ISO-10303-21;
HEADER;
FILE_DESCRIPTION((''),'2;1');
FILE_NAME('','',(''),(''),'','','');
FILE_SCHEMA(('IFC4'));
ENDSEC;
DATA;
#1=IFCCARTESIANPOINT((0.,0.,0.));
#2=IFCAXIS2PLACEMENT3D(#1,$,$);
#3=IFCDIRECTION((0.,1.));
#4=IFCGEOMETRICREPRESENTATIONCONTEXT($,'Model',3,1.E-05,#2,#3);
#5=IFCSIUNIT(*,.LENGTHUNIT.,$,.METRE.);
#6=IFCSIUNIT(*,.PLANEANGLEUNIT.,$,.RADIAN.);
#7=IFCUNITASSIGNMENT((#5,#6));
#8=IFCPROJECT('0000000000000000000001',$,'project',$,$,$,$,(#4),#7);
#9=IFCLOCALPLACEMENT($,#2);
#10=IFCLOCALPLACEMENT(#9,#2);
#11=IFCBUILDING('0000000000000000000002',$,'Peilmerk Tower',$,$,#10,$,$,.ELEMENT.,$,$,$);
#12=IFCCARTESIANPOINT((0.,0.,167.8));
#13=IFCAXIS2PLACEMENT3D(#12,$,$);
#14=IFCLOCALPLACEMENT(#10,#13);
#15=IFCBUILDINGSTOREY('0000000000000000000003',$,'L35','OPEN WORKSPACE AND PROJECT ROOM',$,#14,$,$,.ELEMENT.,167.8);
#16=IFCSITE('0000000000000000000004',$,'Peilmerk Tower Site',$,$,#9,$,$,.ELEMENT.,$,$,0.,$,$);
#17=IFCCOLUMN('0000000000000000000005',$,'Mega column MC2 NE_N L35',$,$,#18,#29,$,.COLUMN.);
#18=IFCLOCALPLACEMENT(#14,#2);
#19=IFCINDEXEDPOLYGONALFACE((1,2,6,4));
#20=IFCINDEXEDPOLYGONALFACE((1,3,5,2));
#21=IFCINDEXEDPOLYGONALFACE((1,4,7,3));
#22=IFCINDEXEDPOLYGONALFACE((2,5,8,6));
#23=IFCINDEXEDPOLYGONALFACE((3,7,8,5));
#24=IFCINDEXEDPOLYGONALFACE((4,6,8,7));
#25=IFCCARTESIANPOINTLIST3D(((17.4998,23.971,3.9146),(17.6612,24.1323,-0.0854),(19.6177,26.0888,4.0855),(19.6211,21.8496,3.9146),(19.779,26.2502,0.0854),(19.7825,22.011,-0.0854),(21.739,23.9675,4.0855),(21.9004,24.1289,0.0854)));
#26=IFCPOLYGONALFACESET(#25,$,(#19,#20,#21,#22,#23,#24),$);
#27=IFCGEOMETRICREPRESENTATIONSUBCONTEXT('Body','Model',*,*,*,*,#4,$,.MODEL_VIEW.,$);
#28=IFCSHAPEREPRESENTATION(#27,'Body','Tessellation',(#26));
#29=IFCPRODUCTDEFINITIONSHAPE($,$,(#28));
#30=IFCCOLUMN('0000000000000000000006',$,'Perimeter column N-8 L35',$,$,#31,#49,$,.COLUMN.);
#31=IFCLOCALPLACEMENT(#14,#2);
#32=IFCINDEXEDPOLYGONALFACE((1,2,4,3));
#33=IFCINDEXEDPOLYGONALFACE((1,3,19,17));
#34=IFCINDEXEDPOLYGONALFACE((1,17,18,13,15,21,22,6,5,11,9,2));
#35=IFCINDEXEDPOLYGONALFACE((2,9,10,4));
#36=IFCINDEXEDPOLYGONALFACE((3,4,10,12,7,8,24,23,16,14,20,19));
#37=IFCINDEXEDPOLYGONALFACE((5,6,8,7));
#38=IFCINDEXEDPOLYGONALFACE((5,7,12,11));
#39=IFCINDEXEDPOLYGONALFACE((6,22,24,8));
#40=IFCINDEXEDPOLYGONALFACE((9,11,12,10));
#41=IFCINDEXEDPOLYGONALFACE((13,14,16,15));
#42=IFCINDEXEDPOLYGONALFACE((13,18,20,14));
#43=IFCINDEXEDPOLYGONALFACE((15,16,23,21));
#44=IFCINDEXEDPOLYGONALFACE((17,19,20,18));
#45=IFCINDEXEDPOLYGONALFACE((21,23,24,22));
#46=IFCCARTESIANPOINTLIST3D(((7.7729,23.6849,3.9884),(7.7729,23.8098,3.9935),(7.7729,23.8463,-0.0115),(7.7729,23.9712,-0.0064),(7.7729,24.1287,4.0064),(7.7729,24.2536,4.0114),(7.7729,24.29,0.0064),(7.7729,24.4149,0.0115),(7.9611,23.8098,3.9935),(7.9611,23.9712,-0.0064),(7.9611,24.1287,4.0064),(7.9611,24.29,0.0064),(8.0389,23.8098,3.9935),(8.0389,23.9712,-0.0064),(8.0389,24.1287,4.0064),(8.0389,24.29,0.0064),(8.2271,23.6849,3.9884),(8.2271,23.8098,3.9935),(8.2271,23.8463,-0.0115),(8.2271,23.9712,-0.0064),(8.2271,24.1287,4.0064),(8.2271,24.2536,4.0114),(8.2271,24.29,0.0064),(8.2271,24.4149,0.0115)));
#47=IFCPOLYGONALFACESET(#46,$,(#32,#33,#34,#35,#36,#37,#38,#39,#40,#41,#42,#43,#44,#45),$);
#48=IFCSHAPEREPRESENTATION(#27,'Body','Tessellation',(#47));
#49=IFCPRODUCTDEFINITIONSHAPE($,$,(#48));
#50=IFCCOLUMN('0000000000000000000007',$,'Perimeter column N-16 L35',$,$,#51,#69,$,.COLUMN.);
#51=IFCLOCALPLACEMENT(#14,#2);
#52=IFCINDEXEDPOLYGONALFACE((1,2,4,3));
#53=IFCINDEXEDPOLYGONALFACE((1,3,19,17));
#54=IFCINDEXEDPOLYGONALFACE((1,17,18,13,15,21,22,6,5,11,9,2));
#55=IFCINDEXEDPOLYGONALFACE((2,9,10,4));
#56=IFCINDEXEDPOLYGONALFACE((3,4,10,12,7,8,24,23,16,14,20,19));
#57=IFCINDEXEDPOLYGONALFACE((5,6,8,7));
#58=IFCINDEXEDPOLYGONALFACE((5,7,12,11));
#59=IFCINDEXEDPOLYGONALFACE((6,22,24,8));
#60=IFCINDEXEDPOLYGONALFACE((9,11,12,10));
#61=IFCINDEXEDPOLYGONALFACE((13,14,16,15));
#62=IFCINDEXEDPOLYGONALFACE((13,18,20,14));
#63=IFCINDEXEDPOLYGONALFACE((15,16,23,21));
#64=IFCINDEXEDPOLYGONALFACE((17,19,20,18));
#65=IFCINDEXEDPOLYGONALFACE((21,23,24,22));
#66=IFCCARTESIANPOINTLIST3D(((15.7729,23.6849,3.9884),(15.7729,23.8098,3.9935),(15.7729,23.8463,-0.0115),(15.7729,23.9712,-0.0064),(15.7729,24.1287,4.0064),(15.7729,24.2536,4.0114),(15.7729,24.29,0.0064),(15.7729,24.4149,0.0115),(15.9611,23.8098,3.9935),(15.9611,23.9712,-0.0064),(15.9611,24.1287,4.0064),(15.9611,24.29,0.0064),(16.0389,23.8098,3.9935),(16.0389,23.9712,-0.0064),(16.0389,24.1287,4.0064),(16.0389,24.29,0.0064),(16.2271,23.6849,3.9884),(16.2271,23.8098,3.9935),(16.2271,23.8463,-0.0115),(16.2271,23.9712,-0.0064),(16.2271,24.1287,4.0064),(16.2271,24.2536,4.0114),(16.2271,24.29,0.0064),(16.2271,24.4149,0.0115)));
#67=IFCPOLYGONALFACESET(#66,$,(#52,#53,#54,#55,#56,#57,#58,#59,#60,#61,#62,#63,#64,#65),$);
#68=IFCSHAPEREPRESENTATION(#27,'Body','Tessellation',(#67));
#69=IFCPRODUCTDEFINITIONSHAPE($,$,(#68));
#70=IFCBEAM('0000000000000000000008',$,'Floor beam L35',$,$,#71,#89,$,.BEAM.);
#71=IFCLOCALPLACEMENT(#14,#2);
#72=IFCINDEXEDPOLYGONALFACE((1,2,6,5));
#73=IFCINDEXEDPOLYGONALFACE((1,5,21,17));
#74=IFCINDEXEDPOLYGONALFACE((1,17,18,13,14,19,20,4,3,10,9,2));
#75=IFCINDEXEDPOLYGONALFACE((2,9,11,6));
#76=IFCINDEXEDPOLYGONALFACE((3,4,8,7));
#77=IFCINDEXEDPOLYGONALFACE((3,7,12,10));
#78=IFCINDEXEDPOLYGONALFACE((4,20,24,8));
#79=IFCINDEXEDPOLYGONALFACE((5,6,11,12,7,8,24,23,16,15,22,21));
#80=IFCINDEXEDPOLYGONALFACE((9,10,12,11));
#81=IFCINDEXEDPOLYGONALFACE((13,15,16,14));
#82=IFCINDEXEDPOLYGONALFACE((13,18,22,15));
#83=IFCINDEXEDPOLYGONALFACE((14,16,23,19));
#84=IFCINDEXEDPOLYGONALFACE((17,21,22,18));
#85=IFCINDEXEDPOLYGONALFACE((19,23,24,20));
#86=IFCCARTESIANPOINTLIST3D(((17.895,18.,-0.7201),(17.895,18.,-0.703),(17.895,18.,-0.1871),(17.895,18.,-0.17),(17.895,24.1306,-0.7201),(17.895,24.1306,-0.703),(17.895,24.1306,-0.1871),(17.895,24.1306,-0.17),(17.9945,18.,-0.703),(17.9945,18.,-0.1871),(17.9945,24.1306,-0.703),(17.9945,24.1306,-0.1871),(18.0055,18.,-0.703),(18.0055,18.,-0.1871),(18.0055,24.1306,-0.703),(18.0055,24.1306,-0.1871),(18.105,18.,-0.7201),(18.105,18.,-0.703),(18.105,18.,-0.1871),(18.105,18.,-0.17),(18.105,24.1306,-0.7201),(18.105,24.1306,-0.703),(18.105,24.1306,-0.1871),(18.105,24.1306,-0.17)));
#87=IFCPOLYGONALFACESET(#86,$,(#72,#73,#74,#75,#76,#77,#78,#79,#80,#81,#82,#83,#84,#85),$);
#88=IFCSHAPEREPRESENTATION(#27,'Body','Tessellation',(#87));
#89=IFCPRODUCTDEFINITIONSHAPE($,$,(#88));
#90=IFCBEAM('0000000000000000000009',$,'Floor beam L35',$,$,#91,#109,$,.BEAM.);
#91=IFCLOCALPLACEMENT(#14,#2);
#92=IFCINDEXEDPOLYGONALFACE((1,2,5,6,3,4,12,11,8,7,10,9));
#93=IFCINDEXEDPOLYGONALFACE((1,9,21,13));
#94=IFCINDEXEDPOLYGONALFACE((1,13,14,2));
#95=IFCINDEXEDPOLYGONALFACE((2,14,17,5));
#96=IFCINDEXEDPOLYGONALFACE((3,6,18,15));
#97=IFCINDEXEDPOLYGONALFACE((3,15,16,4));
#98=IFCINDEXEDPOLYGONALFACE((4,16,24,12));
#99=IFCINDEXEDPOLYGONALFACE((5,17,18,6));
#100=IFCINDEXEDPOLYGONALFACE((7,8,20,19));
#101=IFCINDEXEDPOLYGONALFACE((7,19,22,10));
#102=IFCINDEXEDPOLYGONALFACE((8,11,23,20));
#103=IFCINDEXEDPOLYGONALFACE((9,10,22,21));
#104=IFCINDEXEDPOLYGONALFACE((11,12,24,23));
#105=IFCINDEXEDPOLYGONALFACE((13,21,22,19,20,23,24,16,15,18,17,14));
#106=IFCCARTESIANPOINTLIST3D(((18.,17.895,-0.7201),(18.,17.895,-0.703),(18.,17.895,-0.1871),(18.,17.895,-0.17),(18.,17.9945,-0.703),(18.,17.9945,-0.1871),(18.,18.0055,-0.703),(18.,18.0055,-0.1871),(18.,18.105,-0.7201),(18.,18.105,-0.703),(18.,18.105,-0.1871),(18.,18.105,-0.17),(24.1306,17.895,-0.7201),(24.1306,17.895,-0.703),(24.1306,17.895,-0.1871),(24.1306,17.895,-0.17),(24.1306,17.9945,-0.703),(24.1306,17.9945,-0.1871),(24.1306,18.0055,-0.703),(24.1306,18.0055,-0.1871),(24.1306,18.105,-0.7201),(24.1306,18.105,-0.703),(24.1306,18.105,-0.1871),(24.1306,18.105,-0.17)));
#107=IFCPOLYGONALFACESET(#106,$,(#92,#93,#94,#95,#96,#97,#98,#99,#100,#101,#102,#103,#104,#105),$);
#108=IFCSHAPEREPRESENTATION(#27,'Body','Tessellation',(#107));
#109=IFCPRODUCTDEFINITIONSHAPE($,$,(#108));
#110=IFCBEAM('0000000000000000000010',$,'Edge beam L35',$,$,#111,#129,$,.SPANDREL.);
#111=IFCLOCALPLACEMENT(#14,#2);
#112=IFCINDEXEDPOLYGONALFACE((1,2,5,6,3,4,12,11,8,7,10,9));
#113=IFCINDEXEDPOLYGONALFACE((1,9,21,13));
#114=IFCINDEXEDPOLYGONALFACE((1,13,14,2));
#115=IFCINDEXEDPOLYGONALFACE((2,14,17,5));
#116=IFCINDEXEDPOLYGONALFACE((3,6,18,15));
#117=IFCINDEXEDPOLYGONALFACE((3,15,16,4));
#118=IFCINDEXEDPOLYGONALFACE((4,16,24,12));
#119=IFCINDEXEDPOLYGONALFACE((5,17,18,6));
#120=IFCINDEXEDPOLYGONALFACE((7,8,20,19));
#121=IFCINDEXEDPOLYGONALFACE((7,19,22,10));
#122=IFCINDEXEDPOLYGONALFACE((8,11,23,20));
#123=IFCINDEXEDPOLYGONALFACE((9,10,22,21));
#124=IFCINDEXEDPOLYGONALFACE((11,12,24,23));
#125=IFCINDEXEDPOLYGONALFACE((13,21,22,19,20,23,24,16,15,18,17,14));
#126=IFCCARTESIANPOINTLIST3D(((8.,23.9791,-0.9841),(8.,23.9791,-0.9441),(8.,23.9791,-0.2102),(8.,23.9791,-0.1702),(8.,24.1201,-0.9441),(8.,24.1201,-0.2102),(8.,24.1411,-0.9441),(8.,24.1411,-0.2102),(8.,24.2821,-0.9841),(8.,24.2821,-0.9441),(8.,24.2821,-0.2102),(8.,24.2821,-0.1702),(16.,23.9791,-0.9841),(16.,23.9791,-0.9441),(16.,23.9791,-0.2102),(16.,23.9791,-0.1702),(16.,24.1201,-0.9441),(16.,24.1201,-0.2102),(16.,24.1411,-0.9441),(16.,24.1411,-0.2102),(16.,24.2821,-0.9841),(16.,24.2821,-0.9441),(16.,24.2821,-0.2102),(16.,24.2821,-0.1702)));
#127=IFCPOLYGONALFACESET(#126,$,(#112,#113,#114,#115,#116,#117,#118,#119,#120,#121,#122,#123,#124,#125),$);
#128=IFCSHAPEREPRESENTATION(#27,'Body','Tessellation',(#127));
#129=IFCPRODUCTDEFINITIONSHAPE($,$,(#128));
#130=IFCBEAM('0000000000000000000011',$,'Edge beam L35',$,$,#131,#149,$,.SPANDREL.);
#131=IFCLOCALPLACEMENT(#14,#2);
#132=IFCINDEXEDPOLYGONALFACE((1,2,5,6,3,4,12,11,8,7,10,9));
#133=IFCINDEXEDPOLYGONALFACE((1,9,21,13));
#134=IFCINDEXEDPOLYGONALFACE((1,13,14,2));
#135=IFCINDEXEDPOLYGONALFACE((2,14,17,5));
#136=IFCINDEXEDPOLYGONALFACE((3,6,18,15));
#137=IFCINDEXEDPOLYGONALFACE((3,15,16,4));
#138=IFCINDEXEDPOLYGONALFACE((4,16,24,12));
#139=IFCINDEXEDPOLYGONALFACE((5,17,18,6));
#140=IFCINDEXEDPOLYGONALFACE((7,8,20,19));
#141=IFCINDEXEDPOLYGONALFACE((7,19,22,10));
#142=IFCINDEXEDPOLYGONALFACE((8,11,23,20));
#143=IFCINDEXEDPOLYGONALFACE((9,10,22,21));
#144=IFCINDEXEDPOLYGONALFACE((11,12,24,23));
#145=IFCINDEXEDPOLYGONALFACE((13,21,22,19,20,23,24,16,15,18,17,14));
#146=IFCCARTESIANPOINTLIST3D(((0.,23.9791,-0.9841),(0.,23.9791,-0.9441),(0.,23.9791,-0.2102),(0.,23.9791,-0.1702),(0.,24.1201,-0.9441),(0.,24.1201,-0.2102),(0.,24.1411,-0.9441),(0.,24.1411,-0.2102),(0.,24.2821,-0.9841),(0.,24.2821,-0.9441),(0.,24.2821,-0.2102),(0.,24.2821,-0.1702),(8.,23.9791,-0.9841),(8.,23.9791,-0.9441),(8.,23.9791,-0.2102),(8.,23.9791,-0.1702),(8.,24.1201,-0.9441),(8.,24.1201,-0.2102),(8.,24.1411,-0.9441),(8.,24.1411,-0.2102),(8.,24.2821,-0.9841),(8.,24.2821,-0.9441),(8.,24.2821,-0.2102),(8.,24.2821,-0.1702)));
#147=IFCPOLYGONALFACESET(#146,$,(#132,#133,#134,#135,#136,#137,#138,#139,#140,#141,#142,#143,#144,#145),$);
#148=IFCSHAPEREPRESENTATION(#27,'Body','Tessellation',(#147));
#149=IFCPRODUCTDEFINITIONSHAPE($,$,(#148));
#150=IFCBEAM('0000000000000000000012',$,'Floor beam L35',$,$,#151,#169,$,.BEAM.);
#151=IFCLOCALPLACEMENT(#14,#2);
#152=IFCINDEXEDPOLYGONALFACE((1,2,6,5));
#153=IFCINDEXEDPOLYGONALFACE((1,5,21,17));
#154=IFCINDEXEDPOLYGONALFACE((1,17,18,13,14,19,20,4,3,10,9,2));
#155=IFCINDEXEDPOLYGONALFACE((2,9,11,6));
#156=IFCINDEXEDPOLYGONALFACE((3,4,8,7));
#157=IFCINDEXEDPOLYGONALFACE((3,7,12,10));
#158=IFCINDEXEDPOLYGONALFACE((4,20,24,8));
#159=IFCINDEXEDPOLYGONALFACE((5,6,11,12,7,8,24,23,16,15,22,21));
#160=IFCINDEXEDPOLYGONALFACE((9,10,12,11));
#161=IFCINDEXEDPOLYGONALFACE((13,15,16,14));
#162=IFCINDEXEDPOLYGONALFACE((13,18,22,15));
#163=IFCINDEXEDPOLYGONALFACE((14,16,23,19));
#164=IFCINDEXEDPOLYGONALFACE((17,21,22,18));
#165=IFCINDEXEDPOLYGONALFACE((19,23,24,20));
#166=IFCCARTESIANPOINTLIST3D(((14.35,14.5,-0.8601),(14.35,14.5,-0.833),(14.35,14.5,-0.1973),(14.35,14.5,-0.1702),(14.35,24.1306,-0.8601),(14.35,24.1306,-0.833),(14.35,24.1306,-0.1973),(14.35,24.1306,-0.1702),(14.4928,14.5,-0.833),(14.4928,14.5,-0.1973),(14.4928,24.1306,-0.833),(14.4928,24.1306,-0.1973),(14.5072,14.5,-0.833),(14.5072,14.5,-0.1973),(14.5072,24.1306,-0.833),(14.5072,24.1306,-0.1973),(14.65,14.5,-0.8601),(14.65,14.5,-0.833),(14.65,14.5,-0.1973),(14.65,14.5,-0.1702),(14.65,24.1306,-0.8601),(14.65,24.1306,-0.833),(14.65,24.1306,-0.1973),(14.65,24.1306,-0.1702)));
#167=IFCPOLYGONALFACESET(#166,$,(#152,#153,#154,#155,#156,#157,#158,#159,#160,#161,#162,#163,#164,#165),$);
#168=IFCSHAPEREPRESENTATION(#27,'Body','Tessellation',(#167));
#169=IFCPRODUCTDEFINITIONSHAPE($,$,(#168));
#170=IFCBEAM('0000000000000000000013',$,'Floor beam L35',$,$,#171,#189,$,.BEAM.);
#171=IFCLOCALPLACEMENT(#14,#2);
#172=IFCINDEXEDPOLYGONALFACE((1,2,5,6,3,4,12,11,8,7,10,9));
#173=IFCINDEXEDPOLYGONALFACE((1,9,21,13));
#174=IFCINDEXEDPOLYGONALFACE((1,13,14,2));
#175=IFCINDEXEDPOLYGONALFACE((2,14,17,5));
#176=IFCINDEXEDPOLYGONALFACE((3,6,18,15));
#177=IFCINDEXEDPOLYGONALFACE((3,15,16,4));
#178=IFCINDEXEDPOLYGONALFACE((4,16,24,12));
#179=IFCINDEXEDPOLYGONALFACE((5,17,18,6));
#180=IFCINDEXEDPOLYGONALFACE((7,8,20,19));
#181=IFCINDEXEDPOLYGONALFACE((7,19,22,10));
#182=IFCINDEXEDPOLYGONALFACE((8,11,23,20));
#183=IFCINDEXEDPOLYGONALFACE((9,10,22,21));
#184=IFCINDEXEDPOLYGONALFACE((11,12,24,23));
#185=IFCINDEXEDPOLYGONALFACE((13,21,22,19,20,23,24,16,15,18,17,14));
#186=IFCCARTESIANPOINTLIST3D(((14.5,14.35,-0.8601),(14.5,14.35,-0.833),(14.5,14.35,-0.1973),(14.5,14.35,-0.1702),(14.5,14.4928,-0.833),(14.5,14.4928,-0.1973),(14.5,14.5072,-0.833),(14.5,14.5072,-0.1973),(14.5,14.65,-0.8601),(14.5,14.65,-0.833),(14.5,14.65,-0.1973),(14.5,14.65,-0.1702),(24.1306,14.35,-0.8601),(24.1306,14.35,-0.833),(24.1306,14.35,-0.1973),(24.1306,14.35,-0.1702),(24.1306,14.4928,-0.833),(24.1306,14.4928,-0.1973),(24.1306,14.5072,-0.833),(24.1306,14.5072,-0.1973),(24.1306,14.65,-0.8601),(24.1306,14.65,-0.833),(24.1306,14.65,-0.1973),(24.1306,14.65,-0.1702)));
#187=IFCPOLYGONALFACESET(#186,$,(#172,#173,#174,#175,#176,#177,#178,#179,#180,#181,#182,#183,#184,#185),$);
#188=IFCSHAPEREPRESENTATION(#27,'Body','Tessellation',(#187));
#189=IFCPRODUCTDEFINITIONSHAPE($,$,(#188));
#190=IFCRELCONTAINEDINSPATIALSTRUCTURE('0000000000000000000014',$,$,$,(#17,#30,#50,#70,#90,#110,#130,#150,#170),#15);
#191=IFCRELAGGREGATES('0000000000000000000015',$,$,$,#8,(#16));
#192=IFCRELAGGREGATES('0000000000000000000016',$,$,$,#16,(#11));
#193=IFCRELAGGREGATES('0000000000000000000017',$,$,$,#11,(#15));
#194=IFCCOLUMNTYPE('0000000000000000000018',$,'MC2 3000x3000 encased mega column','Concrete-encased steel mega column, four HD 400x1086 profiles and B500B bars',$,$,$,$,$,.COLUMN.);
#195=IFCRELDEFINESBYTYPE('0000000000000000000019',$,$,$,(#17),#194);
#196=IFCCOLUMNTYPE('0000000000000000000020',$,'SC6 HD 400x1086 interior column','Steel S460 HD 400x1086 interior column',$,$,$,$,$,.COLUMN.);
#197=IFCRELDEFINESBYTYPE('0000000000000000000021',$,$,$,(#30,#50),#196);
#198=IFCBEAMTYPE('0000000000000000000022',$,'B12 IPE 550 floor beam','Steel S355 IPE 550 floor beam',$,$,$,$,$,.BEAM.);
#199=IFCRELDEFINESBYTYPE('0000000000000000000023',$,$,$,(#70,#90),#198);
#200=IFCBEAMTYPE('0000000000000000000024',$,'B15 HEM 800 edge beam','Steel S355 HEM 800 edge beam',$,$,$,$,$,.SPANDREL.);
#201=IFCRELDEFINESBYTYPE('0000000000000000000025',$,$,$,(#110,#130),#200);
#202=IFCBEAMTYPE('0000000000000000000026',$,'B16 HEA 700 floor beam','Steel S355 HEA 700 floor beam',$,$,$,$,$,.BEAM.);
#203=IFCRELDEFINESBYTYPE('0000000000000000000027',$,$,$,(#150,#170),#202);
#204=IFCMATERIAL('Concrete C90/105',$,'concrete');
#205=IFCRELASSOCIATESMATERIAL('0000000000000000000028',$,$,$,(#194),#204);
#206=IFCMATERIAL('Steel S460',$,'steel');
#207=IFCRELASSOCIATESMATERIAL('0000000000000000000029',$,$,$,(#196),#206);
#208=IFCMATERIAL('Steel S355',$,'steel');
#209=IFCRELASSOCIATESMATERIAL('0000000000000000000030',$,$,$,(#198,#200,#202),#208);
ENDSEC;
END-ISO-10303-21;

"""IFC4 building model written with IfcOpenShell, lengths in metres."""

from ifc_helpers import new_model, si_unit, direction, frame, origin, origin_2d, place, context, subcontext, project, spatial, rectangle, i_section, extrude, material, material_profile, profile_set, type_object, element, save


model = new_model("IFC4")

# Units and contexts
model_context = context("Model", 3, precision=1e-05, world=origin(), true_north=direction((0.0, 1.0)))
body_context = subcontext(model_context, "Body", "Model", "MODEL_VIEW")
ifc_project = project(units=[si_unit("LENGTHUNIT", "METRE"), si_unit("PLANEANGLEUNIT", "RADIAN")], contexts=[model_context])

# Site, building, storey
site_placement = place(None, origin())
site = spatial("IfcSite", under=ifc_project, at=site_placement, Name="Peilmerk Tower Site", CompositionType="ELEMENT", RefElevation=0.0)
building_placement = place(site_placement, origin())
building = spatial("IfcBuilding", under=site, at=building_placement, Name="Peilmerk Tower", CompositionType="ELEMENT")
storey_placement = place(building_placement, frame((0.0, 0.0, 167.8)))
storey = spatial("IfcBuildingStorey", under=building, at=storey_placement, Name="L35", Description="OPEN WORKSPACE AND PROJECT ROOM", CompositionType="ELEMENT", Elevation=167.8)

# Columns
ifc_material_1 = material(Name="Concrete C90/105", Category="concrete")
ifc_material_profile_1 = material_profile(ifc_material_1, rectangle(XDim=3.0, YDim=3.0, at=origin_2d()), Name="RC 3000x3000")
ifc_profile_set_1 = profile_set([ifc_material_profile_1], Name="Concrete C90/105")
column_type_1 = type_object("IfcColumnType", Name="MC2 3000x3000 encased mega column", Description="Concrete-encased steel mega column, four HD 400x1086 profiles and B500B bars", PredefinedType="COLUMN", material=ifc_profile_set_1)
column_placement = place(storey_placement, frame((19.7808, 24.1306, 0.0), z_axis=(-0.040279, -0.040279, 0.998376), x_axis=(0.707107, -0.707107, 0.0)))
element("IfcColumn", 1, at=column_placement, inside=storey, type_object=column_type_1, Name="Mega column MC2 NE_N L35", PredefinedType="COLUMN", context=body_context, shape_type="SweptSolid", body=[
    extrude(rectangle(XDim=3.0, YDim=3.0, at=origin_2d()), origin(), (0.0, 0.0, 1.0), 4.0066),
])
ifc_material_2 = material(Name="Steel S460", Category="steel")
ifc_material_profile_2 = material_profile(ifc_material_2, i_section(OverallWidth=0.4541, OverallDepth=0.5691, WebThickness=0.0779, FlangeThickness=0.125, at=origin_2d()), Name="HD 400x1086")
ifc_profile_set_2 = profile_set([ifc_material_profile_2], Name="Steel S460")
column_type_2 = type_object("IfcColumnType", Name="SC6 HD 400x1086 interior column", Description="Steel S460 HD 400x1086 interior column", PredefinedType="COLUMN", material=ifc_profile_set_2)
for number, where, z_axis, x_axis, name in (
    (2, (8.0, 24.1306, 0.0), (0.0, -0.040311, 0.999187), (1.0, 0.0, 0.0), "Perimeter column N-8 L35"),
    (3, (16.0, 24.1306, 0.0), (0.0, -0.040311, 0.999187), (1.0, 0.0, 0.0), "Perimeter column N-16 L35"),
):
    element("IfcColumn", number, at=place(storey_placement, frame(where, z_axis=z_axis, x_axis=x_axis)), inside=storey, type_object=column_type_2, Name=name, PredefinedType="COLUMN", context=body_context, shape_type="SweptSolid", body=[
        extrude(i_section(OverallWidth=0.4541, OverallDepth=0.5691, WebThickness=0.0779, FlangeThickness=0.125, at=origin_2d()), origin(), (0.0, 0.0, 1.0), 4.0032),
    ])

# Beams
ifc_material_3 = material(Name="Steel S355", Category="steel")
ifc_material_profile_3 = material_profile(ifc_material_3, i_section(OverallWidth=0.21, OverallDepth=0.55, WebThickness=0.011, FlangeThickness=0.0171, at=origin_2d()), Name="IPE 550")
ifc_profile_set_3 = profile_set([ifc_material_profile_3], Name="Steel S355")
beam_type_1 = type_object("IfcBeamType", Name="B12 IPE 550 floor beam", Description="Steel S355 IPE 550 floor beam", PredefinedType="BEAM", material=ifc_profile_set_3)
for number, where, z_axis, x_axis, name in (
    (4, (18.0, 18.0, -0.4451), (0.0, 1.0, 0.0), (-1.0, 0.0, 0.0), "Floor beam L35"),
    (5, (18.0, 18.0, -0.4451), (1.0, 0.0, 0.0), (0.0, 1.0, 0.0), "Floor beam L35"),
):
    element("IfcBeam", number, at=place(storey_placement, frame(where, z_axis=z_axis, x_axis=x_axis)), inside=storey, type_object=beam_type_1, Name=name, PredefinedType="BEAM", context=body_context, shape_type="SweptSolid", body=[
        extrude(i_section(OverallWidth=0.21, OverallDepth=0.55, WebThickness=0.011, FlangeThickness=0.0171, at=origin_2d()), origin(), (0.0, 0.0, 1.0), 6.1306),
    ])
ifc_material_profile_4 = material_profile(ifc_material_3, i_section(OverallWidth=0.303, OverallDepth=0.814, WebThickness=0.021, FlangeThickness=0.04, at=origin_2d()), Name="HEM 800")
ifc_profile_set_4 = profile_set([ifc_material_profile_4], Name="Steel S355")
beam_type_2 = type_object("IfcBeamType", Name="B15 HEM 800 edge beam", Description="Steel S355 HEM 800 edge beam", PredefinedType="SPANDREL", material=ifc_profile_set_4)
for number, where, z_axis, x_axis, name in (
    (6, (16.0, 24.1306, -0.5771), (-1.0, 0.0, 0.0), (0.0, -1.0, 0.0), "Edge beam L35"),
    (7, (8.0, 24.1306, -0.5771), (-1.0, 0.0, 0.0), (0.0, -1.0, 0.0), "Edge beam L35"),
):
    element("IfcBeam", number, at=place(storey_placement, frame(where, z_axis=z_axis, x_axis=x_axis)), inside=storey, type_object=beam_type_2, Name=name, PredefinedType="SPANDREL", context=body_context, shape_type="SweptSolid", body=[
        extrude(i_section(OverallWidth=0.303, OverallDepth=0.814, WebThickness=0.021, FlangeThickness=0.04, at=origin_2d()), origin(), (0.0, 0.0, 1.0), 8.0),
    ])
ifc_material_profile_5 = material_profile(ifc_material_3, i_section(OverallWidth=0.3, OverallDepth=0.6899, WebThickness=0.0144, FlangeThickness=0.0271, at=origin_2d()), Name="HEA 700")
ifc_profile_set_5 = profile_set([ifc_material_profile_5], Name="Steel S355")
beam_type_3 = type_object("IfcBeamType", Name="B16 HEA 700 floor beam", Description="Steel S355 HEA 700 floor beam", PredefinedType="BEAM", material=ifc_profile_set_5)
for number, where, z_axis, x_axis, name in (
    (8, (14.5, 14.5, -0.5151), (0.0, 1.0, 0.0), (-1.0, 0.0, 0.0), "Floor beam L35"),
    (9, (14.5, 14.5, -0.5151), (1.0, 0.0, 0.0), (0.0, 1.0, 0.0), "Floor beam L35"),
):
    element("IfcBeam", number, at=place(storey_placement, frame(where, z_axis=z_axis, x_axis=x_axis)), inside=storey, type_object=beam_type_3, Name=name, PredefinedType="BEAM", context=body_context, shape_type="SweptSolid", body=[
        extrude(i_section(OverallWidth=0.3, OverallDepth=0.6899, WebThickness=0.0144, FlangeThickness=0.0271, at=origin_2d()), origin(), (0.0, 0.0, 1.0), 9.6306),
    ])

save(model, "model.ifc")
